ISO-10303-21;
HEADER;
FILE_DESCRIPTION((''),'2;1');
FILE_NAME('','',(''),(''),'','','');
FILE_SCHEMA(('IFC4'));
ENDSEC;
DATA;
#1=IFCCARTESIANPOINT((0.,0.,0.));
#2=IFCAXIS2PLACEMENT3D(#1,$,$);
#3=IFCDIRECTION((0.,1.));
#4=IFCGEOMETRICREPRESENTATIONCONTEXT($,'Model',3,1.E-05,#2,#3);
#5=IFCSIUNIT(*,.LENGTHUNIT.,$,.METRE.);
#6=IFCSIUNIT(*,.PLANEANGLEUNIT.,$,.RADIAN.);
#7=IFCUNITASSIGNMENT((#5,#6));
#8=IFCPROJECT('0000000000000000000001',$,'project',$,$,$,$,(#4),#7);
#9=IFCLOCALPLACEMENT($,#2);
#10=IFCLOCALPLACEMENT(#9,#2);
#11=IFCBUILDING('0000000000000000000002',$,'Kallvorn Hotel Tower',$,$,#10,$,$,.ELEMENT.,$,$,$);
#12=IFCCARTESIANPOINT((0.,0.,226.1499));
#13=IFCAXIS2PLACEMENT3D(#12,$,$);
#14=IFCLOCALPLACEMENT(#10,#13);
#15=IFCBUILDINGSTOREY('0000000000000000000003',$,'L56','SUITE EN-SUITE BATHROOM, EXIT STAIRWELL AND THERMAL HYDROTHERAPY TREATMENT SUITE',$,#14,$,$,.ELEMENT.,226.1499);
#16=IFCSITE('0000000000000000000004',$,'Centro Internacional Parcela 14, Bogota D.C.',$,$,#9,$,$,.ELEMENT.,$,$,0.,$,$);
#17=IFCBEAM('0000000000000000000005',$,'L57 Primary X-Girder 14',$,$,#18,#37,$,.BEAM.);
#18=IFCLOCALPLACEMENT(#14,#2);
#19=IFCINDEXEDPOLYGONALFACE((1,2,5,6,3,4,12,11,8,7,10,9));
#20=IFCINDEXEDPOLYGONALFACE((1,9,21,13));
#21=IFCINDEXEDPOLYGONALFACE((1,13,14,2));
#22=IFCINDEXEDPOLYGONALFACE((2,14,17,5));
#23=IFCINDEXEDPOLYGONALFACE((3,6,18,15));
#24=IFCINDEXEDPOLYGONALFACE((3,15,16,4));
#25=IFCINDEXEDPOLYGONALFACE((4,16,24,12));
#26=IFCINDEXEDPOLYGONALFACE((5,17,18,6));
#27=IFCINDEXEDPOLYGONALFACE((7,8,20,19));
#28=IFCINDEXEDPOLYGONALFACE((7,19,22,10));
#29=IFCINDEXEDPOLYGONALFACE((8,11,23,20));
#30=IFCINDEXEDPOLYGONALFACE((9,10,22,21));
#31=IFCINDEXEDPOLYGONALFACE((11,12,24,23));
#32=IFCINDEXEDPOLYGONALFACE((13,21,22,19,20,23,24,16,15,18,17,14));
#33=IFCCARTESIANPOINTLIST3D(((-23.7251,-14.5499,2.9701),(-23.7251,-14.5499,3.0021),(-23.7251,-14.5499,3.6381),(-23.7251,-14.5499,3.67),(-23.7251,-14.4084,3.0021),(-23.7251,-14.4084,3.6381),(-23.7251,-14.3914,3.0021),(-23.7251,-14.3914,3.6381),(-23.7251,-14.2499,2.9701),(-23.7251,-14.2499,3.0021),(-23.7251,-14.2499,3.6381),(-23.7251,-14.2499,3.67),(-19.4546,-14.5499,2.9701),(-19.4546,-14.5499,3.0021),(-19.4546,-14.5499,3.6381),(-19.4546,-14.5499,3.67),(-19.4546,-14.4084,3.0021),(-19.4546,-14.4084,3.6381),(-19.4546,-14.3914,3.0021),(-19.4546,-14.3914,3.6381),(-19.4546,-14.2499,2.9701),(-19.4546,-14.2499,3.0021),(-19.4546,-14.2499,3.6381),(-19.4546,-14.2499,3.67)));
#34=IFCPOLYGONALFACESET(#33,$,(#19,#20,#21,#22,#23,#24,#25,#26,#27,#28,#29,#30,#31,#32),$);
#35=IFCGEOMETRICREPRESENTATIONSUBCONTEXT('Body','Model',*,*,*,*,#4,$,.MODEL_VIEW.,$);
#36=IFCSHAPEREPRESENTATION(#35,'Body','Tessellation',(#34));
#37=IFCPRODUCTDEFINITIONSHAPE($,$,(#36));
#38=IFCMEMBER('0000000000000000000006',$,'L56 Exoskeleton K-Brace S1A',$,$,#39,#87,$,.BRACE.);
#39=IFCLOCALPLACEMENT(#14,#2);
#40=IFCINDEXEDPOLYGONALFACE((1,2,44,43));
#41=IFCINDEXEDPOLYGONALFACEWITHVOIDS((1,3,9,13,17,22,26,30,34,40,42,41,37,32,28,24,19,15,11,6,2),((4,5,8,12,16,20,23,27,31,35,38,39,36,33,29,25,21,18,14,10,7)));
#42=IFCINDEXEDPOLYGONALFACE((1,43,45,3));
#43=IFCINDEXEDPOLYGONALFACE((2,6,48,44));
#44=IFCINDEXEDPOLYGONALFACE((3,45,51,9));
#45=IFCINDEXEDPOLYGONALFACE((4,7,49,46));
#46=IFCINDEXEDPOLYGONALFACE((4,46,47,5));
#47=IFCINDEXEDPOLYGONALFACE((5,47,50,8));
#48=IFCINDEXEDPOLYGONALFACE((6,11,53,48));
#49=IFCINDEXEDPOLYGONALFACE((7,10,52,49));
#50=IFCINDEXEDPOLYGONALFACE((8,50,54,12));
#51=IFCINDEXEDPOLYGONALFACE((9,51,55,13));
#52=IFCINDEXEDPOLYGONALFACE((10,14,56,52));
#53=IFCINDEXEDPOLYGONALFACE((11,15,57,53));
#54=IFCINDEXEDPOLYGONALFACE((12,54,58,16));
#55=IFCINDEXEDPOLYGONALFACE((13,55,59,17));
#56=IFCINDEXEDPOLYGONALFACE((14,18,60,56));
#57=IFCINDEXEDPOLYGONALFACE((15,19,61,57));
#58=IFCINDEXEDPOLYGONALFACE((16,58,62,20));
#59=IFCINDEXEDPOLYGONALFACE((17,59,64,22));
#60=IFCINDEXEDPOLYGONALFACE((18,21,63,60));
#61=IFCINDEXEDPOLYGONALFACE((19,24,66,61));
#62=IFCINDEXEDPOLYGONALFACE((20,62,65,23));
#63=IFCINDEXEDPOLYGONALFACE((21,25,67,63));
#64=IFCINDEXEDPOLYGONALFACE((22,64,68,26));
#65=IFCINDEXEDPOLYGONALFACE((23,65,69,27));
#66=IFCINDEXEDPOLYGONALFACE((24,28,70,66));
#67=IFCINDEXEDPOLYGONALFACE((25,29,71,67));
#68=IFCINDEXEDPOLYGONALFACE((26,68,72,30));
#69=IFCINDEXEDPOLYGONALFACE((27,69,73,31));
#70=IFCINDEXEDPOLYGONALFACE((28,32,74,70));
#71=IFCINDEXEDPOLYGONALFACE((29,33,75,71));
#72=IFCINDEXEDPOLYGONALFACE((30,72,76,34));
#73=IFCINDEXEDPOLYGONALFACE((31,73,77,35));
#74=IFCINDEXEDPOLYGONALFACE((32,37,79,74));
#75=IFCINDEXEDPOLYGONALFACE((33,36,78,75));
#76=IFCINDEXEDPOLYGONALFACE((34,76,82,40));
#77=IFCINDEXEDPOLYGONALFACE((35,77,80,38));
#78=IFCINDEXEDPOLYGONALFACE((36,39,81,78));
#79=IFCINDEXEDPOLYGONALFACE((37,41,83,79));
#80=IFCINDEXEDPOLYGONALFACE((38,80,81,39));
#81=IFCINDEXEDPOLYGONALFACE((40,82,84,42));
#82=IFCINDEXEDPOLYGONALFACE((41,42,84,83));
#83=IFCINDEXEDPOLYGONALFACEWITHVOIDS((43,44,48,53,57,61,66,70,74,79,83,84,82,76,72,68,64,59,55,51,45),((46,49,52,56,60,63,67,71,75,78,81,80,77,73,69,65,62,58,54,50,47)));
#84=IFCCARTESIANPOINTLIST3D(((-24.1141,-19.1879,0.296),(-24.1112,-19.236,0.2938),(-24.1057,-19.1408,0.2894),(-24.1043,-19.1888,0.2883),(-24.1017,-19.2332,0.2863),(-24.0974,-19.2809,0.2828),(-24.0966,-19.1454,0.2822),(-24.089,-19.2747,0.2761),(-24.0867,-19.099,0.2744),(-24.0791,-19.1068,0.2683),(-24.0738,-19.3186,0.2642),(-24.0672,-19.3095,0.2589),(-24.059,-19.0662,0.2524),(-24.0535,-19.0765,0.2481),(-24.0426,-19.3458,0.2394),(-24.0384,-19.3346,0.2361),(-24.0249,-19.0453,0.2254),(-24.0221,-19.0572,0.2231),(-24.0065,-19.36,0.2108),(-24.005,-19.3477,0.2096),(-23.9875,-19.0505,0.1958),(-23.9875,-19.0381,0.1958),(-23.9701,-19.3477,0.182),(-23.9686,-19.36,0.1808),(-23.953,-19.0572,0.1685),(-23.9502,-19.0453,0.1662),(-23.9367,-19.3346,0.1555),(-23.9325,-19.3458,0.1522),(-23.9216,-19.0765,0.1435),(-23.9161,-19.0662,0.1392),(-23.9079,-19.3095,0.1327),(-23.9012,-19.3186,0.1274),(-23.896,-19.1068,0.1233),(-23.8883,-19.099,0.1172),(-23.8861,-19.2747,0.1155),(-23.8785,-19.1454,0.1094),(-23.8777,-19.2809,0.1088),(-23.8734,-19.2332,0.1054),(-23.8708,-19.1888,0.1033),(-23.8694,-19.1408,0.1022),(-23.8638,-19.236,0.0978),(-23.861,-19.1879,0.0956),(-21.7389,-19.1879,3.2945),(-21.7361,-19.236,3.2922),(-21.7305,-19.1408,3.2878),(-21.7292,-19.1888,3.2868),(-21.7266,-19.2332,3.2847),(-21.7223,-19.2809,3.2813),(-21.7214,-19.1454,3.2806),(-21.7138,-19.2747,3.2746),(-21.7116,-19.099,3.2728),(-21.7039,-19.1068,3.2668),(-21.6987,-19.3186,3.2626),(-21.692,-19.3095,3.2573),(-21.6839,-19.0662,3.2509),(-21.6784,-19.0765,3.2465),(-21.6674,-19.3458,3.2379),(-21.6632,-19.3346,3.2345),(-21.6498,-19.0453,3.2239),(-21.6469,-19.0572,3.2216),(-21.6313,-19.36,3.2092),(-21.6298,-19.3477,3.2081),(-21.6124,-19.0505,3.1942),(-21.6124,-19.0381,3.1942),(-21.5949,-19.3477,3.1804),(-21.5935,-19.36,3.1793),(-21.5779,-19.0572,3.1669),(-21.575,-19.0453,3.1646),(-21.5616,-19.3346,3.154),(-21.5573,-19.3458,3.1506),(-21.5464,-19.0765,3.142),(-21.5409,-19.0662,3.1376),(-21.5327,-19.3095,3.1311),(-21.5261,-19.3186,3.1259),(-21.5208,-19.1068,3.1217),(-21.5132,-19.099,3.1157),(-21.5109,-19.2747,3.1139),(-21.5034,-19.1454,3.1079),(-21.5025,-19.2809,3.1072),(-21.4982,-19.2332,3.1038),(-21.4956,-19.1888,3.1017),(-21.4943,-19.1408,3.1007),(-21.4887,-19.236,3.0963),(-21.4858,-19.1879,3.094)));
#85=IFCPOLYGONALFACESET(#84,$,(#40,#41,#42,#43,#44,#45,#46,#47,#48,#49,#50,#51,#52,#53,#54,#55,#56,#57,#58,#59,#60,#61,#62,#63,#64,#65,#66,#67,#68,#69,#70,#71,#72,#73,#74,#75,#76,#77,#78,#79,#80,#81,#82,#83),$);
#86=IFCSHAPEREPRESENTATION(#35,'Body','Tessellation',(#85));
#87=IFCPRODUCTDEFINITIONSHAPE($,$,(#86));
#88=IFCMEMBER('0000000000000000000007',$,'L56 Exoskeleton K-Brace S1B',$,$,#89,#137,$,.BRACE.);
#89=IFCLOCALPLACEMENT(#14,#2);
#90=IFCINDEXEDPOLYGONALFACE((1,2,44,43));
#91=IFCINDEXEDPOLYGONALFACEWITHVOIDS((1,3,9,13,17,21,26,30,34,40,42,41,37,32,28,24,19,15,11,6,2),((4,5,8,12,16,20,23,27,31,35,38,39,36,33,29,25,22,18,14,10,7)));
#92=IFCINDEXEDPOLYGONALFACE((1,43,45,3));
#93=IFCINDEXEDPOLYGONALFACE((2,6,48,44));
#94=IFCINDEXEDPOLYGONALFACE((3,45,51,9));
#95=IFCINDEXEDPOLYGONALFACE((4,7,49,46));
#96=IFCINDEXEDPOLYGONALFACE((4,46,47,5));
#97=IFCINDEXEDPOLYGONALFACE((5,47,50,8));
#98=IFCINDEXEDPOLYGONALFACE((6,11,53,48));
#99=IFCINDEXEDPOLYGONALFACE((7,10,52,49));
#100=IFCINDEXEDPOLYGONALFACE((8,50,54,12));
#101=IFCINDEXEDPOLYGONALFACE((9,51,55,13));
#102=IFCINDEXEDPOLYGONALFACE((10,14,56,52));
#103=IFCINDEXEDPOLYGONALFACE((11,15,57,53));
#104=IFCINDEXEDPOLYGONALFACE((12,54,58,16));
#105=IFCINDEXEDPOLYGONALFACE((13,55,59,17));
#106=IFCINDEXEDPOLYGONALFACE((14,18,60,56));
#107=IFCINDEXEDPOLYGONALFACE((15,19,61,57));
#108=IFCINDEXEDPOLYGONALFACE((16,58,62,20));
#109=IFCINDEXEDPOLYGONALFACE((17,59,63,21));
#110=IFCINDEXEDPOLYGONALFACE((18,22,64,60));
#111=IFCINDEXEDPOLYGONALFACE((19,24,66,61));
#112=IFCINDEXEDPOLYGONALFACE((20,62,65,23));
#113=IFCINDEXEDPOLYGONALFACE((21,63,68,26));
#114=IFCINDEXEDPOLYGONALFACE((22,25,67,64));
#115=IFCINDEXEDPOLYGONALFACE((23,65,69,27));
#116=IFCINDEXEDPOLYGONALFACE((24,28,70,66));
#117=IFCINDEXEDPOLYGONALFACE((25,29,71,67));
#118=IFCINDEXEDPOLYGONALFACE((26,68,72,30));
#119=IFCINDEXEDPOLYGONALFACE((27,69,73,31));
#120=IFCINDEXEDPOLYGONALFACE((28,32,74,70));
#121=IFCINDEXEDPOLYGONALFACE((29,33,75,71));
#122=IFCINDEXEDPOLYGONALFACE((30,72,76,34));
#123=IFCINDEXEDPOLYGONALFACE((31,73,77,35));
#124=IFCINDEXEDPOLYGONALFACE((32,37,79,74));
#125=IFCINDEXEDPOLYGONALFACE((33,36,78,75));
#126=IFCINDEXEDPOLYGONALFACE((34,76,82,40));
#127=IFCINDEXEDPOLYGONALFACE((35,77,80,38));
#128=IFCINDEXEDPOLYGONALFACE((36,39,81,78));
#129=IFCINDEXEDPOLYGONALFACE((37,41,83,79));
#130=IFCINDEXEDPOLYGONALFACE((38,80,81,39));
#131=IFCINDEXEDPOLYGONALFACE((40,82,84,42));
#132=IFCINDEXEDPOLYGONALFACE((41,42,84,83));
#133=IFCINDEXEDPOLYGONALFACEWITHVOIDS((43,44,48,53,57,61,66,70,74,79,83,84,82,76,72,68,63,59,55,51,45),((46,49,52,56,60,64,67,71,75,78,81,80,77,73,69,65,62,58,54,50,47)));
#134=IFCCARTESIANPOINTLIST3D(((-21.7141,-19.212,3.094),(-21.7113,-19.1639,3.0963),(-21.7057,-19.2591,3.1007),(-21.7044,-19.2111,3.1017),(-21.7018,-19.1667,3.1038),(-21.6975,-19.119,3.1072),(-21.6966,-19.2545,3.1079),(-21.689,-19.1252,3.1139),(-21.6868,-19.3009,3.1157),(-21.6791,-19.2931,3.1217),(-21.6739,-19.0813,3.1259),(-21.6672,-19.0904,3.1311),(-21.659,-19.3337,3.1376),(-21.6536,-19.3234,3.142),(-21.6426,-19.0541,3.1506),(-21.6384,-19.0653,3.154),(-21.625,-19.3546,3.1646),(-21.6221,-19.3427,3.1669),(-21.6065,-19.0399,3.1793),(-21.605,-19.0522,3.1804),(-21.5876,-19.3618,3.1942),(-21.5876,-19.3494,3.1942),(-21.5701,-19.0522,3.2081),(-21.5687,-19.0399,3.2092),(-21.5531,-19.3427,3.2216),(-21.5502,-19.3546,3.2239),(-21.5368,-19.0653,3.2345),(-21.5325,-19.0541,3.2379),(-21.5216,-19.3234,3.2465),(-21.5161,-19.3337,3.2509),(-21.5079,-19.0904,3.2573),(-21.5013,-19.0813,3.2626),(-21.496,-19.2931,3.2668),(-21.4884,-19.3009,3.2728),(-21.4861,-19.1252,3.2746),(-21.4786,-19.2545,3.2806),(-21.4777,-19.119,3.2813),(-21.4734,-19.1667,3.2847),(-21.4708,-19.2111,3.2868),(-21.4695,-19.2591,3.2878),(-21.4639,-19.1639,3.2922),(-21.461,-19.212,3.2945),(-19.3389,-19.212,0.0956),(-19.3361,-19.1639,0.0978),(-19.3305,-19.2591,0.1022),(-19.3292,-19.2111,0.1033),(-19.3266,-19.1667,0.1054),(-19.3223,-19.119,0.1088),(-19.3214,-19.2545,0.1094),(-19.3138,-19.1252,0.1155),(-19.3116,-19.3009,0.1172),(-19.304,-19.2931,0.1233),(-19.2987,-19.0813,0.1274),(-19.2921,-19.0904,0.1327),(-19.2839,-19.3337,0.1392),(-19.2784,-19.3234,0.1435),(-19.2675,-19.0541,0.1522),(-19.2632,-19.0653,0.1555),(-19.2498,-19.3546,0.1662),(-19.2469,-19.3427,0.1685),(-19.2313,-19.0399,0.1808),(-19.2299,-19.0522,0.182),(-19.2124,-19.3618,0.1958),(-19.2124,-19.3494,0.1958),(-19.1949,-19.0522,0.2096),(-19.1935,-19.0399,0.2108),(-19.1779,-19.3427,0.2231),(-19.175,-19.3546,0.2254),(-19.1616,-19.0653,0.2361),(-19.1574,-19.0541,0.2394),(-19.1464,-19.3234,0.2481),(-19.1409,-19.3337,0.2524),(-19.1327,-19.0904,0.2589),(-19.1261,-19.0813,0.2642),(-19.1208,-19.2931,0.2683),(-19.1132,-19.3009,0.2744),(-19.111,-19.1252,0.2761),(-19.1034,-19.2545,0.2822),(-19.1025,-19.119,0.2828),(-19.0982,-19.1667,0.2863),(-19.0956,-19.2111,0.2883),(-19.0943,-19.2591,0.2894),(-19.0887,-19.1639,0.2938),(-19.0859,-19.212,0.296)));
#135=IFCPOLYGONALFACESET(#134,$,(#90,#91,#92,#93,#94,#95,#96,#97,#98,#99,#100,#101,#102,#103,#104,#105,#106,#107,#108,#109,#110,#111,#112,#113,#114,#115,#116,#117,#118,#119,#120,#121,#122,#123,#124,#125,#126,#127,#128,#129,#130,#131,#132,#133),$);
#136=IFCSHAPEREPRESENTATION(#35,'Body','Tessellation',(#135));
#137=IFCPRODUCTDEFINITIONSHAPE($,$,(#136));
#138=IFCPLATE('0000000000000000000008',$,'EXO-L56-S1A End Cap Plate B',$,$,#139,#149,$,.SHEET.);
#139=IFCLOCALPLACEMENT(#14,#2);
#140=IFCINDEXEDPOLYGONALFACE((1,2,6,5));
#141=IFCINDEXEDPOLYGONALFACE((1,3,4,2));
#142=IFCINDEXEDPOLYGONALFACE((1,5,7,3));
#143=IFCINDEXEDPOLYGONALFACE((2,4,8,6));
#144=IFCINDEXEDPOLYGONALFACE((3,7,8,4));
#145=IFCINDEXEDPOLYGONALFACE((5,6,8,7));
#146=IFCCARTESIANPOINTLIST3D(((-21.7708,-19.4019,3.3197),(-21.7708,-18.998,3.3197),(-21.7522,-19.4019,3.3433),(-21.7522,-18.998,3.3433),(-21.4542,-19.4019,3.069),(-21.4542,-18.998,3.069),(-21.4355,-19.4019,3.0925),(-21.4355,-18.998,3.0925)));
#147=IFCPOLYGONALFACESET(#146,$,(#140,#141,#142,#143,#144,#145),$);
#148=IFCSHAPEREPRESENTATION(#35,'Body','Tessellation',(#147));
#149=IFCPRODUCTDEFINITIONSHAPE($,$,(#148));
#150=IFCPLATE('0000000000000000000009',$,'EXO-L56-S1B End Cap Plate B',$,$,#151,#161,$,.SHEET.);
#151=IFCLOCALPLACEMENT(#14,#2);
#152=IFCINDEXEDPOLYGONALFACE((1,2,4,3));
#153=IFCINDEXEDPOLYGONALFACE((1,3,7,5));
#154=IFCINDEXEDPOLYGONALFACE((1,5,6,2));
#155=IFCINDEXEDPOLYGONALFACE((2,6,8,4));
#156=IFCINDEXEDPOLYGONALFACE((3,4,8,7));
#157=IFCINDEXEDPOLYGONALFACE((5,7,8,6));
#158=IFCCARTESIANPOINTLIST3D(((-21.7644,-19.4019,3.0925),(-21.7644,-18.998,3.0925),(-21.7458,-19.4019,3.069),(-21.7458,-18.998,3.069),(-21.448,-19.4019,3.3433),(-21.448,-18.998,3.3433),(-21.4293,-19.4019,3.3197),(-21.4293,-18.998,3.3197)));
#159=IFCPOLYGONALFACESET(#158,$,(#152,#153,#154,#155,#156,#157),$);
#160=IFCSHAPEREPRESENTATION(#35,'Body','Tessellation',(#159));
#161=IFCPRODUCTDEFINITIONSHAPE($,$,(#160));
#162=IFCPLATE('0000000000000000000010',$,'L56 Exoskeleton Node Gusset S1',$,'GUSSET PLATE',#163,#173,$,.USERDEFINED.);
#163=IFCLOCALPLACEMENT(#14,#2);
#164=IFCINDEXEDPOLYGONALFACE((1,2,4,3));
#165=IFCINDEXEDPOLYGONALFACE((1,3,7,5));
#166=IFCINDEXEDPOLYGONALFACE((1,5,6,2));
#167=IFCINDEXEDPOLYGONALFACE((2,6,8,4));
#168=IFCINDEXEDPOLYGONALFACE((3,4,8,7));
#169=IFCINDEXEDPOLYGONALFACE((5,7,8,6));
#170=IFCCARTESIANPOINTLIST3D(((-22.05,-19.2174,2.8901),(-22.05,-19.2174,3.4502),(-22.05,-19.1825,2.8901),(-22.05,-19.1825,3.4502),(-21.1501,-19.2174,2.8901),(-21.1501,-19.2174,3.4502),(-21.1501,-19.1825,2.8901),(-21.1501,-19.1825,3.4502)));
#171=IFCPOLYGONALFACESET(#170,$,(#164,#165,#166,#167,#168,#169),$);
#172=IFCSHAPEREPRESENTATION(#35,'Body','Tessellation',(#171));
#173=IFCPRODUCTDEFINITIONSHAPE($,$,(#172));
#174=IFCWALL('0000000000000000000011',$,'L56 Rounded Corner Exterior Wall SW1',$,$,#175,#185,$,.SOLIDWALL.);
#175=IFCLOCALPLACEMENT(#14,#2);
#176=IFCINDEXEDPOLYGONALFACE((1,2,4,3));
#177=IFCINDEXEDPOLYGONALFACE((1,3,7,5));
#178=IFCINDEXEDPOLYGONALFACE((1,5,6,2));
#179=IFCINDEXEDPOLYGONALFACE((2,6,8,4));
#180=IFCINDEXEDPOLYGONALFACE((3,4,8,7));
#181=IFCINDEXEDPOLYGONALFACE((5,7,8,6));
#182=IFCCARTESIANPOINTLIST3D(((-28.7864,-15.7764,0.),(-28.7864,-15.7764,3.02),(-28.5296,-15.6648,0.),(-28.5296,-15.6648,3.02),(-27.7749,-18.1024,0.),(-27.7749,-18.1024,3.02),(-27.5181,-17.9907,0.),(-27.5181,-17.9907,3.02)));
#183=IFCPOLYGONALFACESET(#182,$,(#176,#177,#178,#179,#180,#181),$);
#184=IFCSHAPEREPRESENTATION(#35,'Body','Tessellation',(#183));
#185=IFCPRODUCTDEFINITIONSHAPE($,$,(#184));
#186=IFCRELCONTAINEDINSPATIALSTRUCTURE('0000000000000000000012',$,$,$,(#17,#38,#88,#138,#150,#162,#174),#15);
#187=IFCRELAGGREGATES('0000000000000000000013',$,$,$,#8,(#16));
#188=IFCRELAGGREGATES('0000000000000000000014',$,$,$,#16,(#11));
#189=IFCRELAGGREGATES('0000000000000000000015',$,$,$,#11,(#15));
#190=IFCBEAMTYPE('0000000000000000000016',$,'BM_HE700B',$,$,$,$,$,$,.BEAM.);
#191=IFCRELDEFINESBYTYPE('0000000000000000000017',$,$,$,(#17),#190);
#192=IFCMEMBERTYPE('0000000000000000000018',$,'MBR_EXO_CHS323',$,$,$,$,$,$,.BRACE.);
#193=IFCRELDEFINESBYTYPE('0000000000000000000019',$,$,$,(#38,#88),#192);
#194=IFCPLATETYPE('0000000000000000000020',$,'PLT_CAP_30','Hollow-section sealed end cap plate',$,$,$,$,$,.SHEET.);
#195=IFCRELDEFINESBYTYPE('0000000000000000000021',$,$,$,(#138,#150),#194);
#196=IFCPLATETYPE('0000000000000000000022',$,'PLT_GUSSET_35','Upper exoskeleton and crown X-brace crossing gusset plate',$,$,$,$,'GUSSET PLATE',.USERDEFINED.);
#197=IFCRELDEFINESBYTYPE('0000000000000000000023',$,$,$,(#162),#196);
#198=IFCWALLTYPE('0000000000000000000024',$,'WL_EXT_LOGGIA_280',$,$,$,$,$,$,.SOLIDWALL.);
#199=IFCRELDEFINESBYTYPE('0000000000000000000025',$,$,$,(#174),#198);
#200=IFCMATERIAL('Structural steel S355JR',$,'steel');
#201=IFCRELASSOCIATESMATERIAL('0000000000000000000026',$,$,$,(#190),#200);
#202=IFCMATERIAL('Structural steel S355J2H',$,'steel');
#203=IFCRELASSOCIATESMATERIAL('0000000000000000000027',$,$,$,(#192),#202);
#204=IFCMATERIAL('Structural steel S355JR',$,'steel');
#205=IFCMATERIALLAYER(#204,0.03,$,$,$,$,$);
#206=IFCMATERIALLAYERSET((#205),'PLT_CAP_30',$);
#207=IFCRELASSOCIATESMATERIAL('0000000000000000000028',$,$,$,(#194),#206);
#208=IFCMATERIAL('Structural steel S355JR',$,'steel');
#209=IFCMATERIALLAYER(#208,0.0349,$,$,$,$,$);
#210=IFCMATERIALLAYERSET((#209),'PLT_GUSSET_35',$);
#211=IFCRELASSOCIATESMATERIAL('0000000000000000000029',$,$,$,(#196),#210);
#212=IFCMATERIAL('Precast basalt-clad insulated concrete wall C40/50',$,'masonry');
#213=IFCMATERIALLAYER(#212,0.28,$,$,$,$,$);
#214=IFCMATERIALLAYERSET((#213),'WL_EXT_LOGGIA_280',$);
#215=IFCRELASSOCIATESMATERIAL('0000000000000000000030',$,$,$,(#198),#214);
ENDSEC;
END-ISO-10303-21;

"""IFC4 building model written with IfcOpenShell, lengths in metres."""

from ifc_helpers import new_model, si_unit, direction, frame, frame_2d, origin, origin_2d, place, context, subcontext, project, spatial, polyline, rectangle, hollow_circle, i_section, outline, extrude, material, layer, layer_set, material_profile, profile_set, type_object, element, save


model = new_model("IFC4")

# Units and contexts
model_context = context("Model", 3, precision=1e-05, world=origin(), true_north=direction((0.0, 1.0)))
body_context = subcontext(model_context, "Body", "Model", "MODEL_VIEW")
ifc_project = project(units=[si_unit("LENGTHUNIT", "METRE"), si_unit("PLANEANGLEUNIT", "RADIAN")], contexts=[model_context])

# Site, building, storey
site_placement = place(None, origin())
site = spatial("IfcSite", under=ifc_project, at=site_placement, Name="Centro Internacional Parcela 14, Bogota D.C.", CompositionType="ELEMENT", RefElevation=0.0)
building_placement = place(site_placement, origin())
building = spatial("IfcBuilding", under=site, at=building_placement, Name="Kallvorn Hotel Tower", CompositionType="ELEMENT")
storey_placement = place(building_placement, frame((0.0, 0.0, 226.1499)))
storey = spatial("IfcBuildingStorey", under=building, at=storey_placement, Name="L56", Description="SUITE EN-SUITE BATHROOM, EXIT STAIRWELL AND THERMAL HYDROTHERAPY TREATMENT SUITE", CompositionType="ELEMENT", Elevation=226.1499)

# Beam
ifc_material_1 = material(Name="Structural steel S355JR", Category="steel")
ifc_material_profile_1 = material_profile(ifc_material_1, i_section(OverallWidth=0.3, OverallDepth=0.7, WebThickness=0.0171, FlangeThickness=0.032, at=origin_2d()), Name="HE 700 B")
ifc_profile_set_1 = profile_set([ifc_material_profile_1], Name="Structural steel S355JR")
beam_type_1 = type_object("IfcBeamType", Name="BM_HE700B", PredefinedType="BEAM", material=ifc_profile_set_1)
for number, where, z_axis, x_axis, name in (
    (1, (-23.7251, -14.3999, 3.3201), (1.0, 0.0, 0.0), (0.0, 1.0, 0.0), "L57 Primary X-Girder 14"),
):
    element("IfcBeam", number, at=place(storey_placement, frame(where, z_axis=z_axis, x_axis=x_axis)), inside=storey, type_object=beam_type_1, Name=name, PredefinedType="BEAM", context=body_context, shape_type="SweptSolid", body=[
        extrude(i_section(OverallWidth=0.3, OverallDepth=0.7, WebThickness=0.0171, FlangeThickness=0.032, at=origin_2d()), origin(), (0.0, 0.0, 1.0), 4.2705),
    ])

# Members
ifc_material_2 = material(Name="Structural steel S355J2H", Category="steel")
ifc_material_profile_2 = material_profile(ifc_material_2, hollow_circle(Radius=0.1619, WallThickness=0.0125, at=origin_2d()), Name="CHS 323.9x12.5")
ifc_profile_set_2 = profile_set([ifc_material_profile_2], Name="Structural steel S355J2H")
member_type = type_object("IfcMemberType", Name="MBR_EXO_CHS323", PredefinedType="BRACE", material=ifc_profile_set_2)
for number, where, z_axis, x_axis, name in (
    (2, (-23.9875, -19.2, 0.1958), (0.620929, 0.0, 0.783867), (0.0, 1.0, 0.0), "L56 Exoskeleton K-Brace S1A"),
    (3, (-19.2124, -19.2, 0.1958), (-0.620929, 0.0, 0.783867), (0.0, -1.0, 0.0), "L56 Exoskeleton K-Brace S1B"),
):
    element("IfcMember", number, at=place(storey_placement, frame(where, z_axis=z_axis, x_axis=x_axis)), inside=storey, type_object=member_type, Name=name, PredefinedType="BRACE", context=body_context, shape_type="SweptSolid", body=[
        extrude(hollow_circle(Radius=0.1619, WallThickness=0.0125, at=origin_2d()), origin(), (0.0, 0.0, 1.0), 3.8252),
    ])

# Plates
ifc_material_3 = material(Name="Structural steel S355JR", Category="steel")
ifc_layer_1 = layer(ifc_material_3, 0.03)
ifc_layer_set_1 = layer_set([ifc_layer_1], Name="PLT_CAP_30")
plate_type_1 = type_object("IfcPlateType", Name="PLT_CAP_30", Description="Hollow-section sealed end cap plate", PredefinedType="SHEET", material=ifc_layer_set_1)
plate_1_placement = place(storey_placement, frame((-21.4355, -19.4019, 3.0925), z_axis=(0.62078, 0.0, 0.783985), x_axis=(0.0, 1.0, 0.0)))
element("IfcPlate", 4, at=plate_1_placement, inside=storey, type_object=plate_type_1, Name="EXO-L56-S1A End Cap Plate B", PredefinedType="SHEET", context=body_context, shape_type="SweptSolid", body=[
    extrude(outline(polyline([(0.0, 0.0), (0.4038, 0.0), (0.4038, 0.4039), (0.0, 0.4039), (0.0, 0.0)])), origin(), (0.0, 0.0, -1.0), 0.03),
])
plate_2_placement = place(storey_placement, frame((-21.7644, -18.998, 3.0925), z_axis=(-0.621075, 0.0, 0.783751), x_axis=(0.0, -1.0, 0.0)))
element("IfcPlate", 5, at=plate_2_placement, inside=storey, type_object=plate_type_1, Name="EXO-L56-S1B End Cap Plate B", PredefinedType="SHEET", context=body_context, shape_type="SweptSolid", body=[
    extrude(outline(polyline([(0.0, 0.0), (0.4038, 0.0), (0.4038, 0.4037), (0.0, 0.4037), (0.0, 0.0)])), origin(), (0.0, 0.0, -1.0), 0.03),
])
ifc_material_4 = material(Name="Structural steel S355JR", Category="steel")
ifc_layer_2 = layer(ifc_material_4, 0.0349)
ifc_layer_set_2 = layer_set([ifc_layer_2], Name="PLT_GUSSET_35")
plate_type_2 = type_object("IfcPlateType", Name="PLT_GUSSET_35", Description="Upper exoskeleton and crown X-brace crossing gusset plate", ElementType="GUSSET PLATE", PredefinedType="USERDEFINED", material=ifc_layer_set_2)
plate_3_placement = place(storey_placement, frame((-21.6001, -19.2, 2.8901), z_axis=(0.0, 0.0, 1.0), x_axis=(1.0, 0.0, 0.0)))
element("IfcPlate", 6, at=plate_3_placement, inside=storey, type_object=plate_type_2, Name="L56 Exoskeleton Node Gusset S1", ObjectType="GUSSET PLATE", PredefinedType="USERDEFINED", context=body_context, shape_type="SweptSolid", body=[
    extrude(rectangle(XDim=0.8999, YDim=0.0349, at=origin_2d()), origin(), (0.0, 0.0, 1.0), 0.5601),
])

# Wall
ifc_material_5 = material(Name="Precast basalt-clad insulated concrete wall C40/50", Category="masonry")
ifc_layer_3 = layer(ifc_material_5, 0.28)
ifc_layer_set_3 = layer_set([ifc_layer_3], Name="WL_EXT_LOGGIA_280")
wall_type_1 = type_object("IfcWallType", Name="WL_EXT_LOGGIA_280", PredefinedType="SOLIDWALL", material=ifc_layer_set_3)
wall_1_placement = place(storey_placement, frame((-28.658, -15.7207, 0.0), z_axis=(0.0, 0.0, 1.0), x_axis=(0.398793, -0.917041, 0.0)))
element("IfcWall", 7, at=wall_1_placement, inside=storey, type_object=wall_type_1, Name="L56 Rounded Corner Exterior Wall SW1", PredefinedType="SOLIDWALL", context=body_context, shape_type="SweptSolid", body=[
    extrude(rectangle(XDim=2.5364, YDim=0.28, at=frame_2d((1.2681, 0.0))), origin(), (0.0, 0.0, 1.0), 3.02),
])

save(model, "model.ifc")
